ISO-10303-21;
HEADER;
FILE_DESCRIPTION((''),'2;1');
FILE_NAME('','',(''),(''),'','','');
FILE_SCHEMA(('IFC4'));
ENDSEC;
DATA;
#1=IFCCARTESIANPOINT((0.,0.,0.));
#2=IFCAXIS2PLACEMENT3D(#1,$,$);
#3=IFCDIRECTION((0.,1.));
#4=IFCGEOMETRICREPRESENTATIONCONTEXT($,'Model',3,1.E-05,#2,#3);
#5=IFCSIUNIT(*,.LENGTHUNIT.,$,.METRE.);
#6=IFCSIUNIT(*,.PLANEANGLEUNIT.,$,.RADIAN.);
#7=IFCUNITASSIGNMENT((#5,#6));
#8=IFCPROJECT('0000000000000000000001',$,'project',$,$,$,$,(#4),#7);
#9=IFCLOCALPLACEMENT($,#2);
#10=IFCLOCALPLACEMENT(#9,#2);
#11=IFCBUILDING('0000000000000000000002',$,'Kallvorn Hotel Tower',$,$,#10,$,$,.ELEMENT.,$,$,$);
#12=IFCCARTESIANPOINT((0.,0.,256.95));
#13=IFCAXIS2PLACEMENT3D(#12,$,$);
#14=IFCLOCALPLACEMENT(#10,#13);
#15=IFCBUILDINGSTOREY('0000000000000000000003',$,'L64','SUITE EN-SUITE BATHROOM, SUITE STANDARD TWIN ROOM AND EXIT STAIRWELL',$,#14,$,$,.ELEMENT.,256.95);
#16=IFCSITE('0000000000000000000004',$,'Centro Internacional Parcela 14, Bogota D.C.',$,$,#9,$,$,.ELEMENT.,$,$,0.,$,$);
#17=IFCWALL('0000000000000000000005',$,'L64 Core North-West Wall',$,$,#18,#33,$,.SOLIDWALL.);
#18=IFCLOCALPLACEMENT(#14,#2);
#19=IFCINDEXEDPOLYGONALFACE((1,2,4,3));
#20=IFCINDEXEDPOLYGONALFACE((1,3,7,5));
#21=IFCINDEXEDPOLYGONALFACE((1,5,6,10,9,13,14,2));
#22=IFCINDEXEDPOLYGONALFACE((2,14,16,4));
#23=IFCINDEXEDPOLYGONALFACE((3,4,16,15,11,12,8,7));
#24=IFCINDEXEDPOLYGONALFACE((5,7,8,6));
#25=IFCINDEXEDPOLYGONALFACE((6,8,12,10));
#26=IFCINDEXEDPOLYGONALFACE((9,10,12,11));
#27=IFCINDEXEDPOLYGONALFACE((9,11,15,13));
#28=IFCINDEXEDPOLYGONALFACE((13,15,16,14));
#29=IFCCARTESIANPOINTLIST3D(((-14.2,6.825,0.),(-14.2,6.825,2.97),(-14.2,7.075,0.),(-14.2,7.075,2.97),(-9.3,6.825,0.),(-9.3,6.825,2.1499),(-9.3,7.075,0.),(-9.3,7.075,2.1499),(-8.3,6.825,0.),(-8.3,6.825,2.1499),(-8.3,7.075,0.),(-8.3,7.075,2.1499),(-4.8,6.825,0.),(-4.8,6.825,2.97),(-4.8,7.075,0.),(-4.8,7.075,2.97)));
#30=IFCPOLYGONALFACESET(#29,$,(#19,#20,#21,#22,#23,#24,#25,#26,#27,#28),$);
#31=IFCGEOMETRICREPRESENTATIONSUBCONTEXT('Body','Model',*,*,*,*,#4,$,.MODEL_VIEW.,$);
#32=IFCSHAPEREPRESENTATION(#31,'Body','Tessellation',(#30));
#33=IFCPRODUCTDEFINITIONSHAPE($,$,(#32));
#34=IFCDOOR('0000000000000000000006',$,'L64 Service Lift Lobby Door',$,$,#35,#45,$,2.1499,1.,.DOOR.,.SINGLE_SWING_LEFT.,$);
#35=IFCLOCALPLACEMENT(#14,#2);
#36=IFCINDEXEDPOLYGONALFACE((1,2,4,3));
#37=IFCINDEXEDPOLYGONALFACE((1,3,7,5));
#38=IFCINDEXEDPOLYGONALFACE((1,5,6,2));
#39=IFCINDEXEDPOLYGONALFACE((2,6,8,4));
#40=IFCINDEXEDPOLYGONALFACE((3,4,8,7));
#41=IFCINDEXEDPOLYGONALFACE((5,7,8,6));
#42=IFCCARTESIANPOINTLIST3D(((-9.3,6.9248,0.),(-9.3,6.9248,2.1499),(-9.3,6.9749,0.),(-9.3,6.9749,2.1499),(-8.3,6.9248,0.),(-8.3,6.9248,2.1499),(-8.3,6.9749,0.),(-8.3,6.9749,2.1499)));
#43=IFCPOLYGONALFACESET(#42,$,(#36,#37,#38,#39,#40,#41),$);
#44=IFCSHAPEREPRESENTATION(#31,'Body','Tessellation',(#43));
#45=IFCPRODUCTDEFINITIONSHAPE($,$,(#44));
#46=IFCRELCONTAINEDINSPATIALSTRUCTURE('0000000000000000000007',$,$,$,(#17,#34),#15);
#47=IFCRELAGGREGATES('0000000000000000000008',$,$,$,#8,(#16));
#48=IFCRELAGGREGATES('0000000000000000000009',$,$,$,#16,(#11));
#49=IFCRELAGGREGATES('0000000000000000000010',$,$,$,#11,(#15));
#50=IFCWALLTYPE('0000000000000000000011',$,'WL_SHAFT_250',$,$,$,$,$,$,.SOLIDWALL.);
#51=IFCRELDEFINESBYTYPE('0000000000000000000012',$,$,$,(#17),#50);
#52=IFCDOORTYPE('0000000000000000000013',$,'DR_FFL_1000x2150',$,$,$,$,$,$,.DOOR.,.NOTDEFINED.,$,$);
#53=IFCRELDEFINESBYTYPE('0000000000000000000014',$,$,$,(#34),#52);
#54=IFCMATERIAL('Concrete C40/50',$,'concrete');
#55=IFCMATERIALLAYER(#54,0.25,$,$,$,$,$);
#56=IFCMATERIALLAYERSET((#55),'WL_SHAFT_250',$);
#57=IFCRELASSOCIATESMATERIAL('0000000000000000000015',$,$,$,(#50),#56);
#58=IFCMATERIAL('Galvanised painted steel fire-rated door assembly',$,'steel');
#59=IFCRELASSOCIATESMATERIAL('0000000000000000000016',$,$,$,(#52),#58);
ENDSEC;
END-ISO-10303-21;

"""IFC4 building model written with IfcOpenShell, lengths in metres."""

from ifc_helpers import new_model, si_unit, direction, frame, frame_2d, origin, place, context, subcontext, project, spatial, rectangle, extrude, material, layer, layer_set, type_object, element, fill, save


model = new_model("IFC4")

# Units and contexts
model_context = context("Model", 3, precision=1e-05, world=origin(), true_north=direction((0.0, 1.0)))
body_context = subcontext(model_context, "Body", "Model", "MODEL_VIEW")
ifc_project = project(units=[si_unit("LENGTHUNIT", "METRE"), si_unit("PLANEANGLEUNIT", "RADIAN")], contexts=[model_context])

# Site, building, storey
site_placement = place(None, origin())
site = spatial("IfcSite", under=ifc_project, at=site_placement, Name="Centro Internacional Parcela 14, Bogota D.C.", CompositionType="ELEMENT", RefElevation=0.0)
building_placement = place(site_placement, origin())
building = spatial("IfcBuilding", under=site, at=building_placement, Name="Kallvorn Hotel Tower", CompositionType="ELEMENT")
storey_placement = place(building_placement, frame((0.0, 0.0, 256.95)))
storey = spatial("IfcBuildingStorey", under=building, at=storey_placement, Name="L64", Description="SUITE EN-SUITE BATHROOM, SUITE STANDARD TWIN ROOM AND EXIT STAIRWELL", CompositionType="ELEMENT", Elevation=256.95)

# Wall, opening, door
ifc_material_1 = material(Name="Concrete C40/50", Category="concrete")
ifc_layer_1 = layer(ifc_material_1, 0.25)
ifc_layer_set_1 = layer_set([ifc_layer_1], Name="WL_SHAFT_250")
wall_type_1 = type_object("IfcWallType", Name="WL_SHAFT_250", PredefinedType="SOLIDWALL", material=ifc_layer_set_1)
wall_1_placement = place(storey_placement, frame((-14.2, 6.95, 0.0), z_axis=(0.0, 0.0, 1.0), x_axis=(1.0, 0.0, 0.0)))
wall_1 = element("IfcWall", 1, at=wall_1_placement, inside=storey, type_object=wall_type_1, Name="L64 Core North-West Wall", PredefinedType="SOLIDWALL", context=body_context, shape_type="SweptSolid", body=[
    extrude(rectangle(XDim=9.3999, YDim=0.25, at=frame_2d((4.7, 0.0))), origin(), (0.0, 0.0, 1.0), 2.97),
])
opening_1_placement = place(wall_1_placement, frame((4.8999, 0.0, 0.0)))
opening_1 = element("IfcOpeningElement", 2, at=opening_1_placement, cuts=wall_1, PredefinedType="OPENING", context=body_context, shape_type="SweptSolid", body=[
    extrude(rectangle(XDim=1.0, YDim=2.1499, at=frame_2d((0.5, 1.075))), frame((0.0, 0.1399, 0.0), z_axis=(0.0, -1.0, 0.0), x_axis=(1.0, 0.0, 0.0)), (0.0, 0.0, 1.0), 0.28),
])
ifc_material_2 = material(Name="Galvanised painted steel fire-rated door assembly", Category="steel")
door_type_1 = type_object("IfcDoorType", Name="DR_FFL_1000x2150", OperationType="NOTDEFINED", PredefinedType="DOOR", material=ifc_material_2)
door_1_placement = place(opening_1_placement, origin())
door_1 = element("IfcDoor", 3, at=door_1_placement, inside=storey, type_object=door_type_1, Name="L64 Service Lift Lobby Door", OperationType="SINGLE_SWING_LEFT", OverallHeight=2.1499, OverallWidth=1.0, PredefinedType="DOOR", context=body_context, shape_type="SweptSolid", body=[
    extrude(rectangle(XDim=1.0, YDim=2.1499, at=frame_2d((0.5, 1.075))), frame((0.0, 0.0249, 0.0), z_axis=(0.0, -1.0, 0.0), x_axis=(1.0, 0.0, 0.0)), (0.0, 0.0, 1.0), 0.05),
])
fill(opening_1, door_1)

save(model, "model.ifc")
